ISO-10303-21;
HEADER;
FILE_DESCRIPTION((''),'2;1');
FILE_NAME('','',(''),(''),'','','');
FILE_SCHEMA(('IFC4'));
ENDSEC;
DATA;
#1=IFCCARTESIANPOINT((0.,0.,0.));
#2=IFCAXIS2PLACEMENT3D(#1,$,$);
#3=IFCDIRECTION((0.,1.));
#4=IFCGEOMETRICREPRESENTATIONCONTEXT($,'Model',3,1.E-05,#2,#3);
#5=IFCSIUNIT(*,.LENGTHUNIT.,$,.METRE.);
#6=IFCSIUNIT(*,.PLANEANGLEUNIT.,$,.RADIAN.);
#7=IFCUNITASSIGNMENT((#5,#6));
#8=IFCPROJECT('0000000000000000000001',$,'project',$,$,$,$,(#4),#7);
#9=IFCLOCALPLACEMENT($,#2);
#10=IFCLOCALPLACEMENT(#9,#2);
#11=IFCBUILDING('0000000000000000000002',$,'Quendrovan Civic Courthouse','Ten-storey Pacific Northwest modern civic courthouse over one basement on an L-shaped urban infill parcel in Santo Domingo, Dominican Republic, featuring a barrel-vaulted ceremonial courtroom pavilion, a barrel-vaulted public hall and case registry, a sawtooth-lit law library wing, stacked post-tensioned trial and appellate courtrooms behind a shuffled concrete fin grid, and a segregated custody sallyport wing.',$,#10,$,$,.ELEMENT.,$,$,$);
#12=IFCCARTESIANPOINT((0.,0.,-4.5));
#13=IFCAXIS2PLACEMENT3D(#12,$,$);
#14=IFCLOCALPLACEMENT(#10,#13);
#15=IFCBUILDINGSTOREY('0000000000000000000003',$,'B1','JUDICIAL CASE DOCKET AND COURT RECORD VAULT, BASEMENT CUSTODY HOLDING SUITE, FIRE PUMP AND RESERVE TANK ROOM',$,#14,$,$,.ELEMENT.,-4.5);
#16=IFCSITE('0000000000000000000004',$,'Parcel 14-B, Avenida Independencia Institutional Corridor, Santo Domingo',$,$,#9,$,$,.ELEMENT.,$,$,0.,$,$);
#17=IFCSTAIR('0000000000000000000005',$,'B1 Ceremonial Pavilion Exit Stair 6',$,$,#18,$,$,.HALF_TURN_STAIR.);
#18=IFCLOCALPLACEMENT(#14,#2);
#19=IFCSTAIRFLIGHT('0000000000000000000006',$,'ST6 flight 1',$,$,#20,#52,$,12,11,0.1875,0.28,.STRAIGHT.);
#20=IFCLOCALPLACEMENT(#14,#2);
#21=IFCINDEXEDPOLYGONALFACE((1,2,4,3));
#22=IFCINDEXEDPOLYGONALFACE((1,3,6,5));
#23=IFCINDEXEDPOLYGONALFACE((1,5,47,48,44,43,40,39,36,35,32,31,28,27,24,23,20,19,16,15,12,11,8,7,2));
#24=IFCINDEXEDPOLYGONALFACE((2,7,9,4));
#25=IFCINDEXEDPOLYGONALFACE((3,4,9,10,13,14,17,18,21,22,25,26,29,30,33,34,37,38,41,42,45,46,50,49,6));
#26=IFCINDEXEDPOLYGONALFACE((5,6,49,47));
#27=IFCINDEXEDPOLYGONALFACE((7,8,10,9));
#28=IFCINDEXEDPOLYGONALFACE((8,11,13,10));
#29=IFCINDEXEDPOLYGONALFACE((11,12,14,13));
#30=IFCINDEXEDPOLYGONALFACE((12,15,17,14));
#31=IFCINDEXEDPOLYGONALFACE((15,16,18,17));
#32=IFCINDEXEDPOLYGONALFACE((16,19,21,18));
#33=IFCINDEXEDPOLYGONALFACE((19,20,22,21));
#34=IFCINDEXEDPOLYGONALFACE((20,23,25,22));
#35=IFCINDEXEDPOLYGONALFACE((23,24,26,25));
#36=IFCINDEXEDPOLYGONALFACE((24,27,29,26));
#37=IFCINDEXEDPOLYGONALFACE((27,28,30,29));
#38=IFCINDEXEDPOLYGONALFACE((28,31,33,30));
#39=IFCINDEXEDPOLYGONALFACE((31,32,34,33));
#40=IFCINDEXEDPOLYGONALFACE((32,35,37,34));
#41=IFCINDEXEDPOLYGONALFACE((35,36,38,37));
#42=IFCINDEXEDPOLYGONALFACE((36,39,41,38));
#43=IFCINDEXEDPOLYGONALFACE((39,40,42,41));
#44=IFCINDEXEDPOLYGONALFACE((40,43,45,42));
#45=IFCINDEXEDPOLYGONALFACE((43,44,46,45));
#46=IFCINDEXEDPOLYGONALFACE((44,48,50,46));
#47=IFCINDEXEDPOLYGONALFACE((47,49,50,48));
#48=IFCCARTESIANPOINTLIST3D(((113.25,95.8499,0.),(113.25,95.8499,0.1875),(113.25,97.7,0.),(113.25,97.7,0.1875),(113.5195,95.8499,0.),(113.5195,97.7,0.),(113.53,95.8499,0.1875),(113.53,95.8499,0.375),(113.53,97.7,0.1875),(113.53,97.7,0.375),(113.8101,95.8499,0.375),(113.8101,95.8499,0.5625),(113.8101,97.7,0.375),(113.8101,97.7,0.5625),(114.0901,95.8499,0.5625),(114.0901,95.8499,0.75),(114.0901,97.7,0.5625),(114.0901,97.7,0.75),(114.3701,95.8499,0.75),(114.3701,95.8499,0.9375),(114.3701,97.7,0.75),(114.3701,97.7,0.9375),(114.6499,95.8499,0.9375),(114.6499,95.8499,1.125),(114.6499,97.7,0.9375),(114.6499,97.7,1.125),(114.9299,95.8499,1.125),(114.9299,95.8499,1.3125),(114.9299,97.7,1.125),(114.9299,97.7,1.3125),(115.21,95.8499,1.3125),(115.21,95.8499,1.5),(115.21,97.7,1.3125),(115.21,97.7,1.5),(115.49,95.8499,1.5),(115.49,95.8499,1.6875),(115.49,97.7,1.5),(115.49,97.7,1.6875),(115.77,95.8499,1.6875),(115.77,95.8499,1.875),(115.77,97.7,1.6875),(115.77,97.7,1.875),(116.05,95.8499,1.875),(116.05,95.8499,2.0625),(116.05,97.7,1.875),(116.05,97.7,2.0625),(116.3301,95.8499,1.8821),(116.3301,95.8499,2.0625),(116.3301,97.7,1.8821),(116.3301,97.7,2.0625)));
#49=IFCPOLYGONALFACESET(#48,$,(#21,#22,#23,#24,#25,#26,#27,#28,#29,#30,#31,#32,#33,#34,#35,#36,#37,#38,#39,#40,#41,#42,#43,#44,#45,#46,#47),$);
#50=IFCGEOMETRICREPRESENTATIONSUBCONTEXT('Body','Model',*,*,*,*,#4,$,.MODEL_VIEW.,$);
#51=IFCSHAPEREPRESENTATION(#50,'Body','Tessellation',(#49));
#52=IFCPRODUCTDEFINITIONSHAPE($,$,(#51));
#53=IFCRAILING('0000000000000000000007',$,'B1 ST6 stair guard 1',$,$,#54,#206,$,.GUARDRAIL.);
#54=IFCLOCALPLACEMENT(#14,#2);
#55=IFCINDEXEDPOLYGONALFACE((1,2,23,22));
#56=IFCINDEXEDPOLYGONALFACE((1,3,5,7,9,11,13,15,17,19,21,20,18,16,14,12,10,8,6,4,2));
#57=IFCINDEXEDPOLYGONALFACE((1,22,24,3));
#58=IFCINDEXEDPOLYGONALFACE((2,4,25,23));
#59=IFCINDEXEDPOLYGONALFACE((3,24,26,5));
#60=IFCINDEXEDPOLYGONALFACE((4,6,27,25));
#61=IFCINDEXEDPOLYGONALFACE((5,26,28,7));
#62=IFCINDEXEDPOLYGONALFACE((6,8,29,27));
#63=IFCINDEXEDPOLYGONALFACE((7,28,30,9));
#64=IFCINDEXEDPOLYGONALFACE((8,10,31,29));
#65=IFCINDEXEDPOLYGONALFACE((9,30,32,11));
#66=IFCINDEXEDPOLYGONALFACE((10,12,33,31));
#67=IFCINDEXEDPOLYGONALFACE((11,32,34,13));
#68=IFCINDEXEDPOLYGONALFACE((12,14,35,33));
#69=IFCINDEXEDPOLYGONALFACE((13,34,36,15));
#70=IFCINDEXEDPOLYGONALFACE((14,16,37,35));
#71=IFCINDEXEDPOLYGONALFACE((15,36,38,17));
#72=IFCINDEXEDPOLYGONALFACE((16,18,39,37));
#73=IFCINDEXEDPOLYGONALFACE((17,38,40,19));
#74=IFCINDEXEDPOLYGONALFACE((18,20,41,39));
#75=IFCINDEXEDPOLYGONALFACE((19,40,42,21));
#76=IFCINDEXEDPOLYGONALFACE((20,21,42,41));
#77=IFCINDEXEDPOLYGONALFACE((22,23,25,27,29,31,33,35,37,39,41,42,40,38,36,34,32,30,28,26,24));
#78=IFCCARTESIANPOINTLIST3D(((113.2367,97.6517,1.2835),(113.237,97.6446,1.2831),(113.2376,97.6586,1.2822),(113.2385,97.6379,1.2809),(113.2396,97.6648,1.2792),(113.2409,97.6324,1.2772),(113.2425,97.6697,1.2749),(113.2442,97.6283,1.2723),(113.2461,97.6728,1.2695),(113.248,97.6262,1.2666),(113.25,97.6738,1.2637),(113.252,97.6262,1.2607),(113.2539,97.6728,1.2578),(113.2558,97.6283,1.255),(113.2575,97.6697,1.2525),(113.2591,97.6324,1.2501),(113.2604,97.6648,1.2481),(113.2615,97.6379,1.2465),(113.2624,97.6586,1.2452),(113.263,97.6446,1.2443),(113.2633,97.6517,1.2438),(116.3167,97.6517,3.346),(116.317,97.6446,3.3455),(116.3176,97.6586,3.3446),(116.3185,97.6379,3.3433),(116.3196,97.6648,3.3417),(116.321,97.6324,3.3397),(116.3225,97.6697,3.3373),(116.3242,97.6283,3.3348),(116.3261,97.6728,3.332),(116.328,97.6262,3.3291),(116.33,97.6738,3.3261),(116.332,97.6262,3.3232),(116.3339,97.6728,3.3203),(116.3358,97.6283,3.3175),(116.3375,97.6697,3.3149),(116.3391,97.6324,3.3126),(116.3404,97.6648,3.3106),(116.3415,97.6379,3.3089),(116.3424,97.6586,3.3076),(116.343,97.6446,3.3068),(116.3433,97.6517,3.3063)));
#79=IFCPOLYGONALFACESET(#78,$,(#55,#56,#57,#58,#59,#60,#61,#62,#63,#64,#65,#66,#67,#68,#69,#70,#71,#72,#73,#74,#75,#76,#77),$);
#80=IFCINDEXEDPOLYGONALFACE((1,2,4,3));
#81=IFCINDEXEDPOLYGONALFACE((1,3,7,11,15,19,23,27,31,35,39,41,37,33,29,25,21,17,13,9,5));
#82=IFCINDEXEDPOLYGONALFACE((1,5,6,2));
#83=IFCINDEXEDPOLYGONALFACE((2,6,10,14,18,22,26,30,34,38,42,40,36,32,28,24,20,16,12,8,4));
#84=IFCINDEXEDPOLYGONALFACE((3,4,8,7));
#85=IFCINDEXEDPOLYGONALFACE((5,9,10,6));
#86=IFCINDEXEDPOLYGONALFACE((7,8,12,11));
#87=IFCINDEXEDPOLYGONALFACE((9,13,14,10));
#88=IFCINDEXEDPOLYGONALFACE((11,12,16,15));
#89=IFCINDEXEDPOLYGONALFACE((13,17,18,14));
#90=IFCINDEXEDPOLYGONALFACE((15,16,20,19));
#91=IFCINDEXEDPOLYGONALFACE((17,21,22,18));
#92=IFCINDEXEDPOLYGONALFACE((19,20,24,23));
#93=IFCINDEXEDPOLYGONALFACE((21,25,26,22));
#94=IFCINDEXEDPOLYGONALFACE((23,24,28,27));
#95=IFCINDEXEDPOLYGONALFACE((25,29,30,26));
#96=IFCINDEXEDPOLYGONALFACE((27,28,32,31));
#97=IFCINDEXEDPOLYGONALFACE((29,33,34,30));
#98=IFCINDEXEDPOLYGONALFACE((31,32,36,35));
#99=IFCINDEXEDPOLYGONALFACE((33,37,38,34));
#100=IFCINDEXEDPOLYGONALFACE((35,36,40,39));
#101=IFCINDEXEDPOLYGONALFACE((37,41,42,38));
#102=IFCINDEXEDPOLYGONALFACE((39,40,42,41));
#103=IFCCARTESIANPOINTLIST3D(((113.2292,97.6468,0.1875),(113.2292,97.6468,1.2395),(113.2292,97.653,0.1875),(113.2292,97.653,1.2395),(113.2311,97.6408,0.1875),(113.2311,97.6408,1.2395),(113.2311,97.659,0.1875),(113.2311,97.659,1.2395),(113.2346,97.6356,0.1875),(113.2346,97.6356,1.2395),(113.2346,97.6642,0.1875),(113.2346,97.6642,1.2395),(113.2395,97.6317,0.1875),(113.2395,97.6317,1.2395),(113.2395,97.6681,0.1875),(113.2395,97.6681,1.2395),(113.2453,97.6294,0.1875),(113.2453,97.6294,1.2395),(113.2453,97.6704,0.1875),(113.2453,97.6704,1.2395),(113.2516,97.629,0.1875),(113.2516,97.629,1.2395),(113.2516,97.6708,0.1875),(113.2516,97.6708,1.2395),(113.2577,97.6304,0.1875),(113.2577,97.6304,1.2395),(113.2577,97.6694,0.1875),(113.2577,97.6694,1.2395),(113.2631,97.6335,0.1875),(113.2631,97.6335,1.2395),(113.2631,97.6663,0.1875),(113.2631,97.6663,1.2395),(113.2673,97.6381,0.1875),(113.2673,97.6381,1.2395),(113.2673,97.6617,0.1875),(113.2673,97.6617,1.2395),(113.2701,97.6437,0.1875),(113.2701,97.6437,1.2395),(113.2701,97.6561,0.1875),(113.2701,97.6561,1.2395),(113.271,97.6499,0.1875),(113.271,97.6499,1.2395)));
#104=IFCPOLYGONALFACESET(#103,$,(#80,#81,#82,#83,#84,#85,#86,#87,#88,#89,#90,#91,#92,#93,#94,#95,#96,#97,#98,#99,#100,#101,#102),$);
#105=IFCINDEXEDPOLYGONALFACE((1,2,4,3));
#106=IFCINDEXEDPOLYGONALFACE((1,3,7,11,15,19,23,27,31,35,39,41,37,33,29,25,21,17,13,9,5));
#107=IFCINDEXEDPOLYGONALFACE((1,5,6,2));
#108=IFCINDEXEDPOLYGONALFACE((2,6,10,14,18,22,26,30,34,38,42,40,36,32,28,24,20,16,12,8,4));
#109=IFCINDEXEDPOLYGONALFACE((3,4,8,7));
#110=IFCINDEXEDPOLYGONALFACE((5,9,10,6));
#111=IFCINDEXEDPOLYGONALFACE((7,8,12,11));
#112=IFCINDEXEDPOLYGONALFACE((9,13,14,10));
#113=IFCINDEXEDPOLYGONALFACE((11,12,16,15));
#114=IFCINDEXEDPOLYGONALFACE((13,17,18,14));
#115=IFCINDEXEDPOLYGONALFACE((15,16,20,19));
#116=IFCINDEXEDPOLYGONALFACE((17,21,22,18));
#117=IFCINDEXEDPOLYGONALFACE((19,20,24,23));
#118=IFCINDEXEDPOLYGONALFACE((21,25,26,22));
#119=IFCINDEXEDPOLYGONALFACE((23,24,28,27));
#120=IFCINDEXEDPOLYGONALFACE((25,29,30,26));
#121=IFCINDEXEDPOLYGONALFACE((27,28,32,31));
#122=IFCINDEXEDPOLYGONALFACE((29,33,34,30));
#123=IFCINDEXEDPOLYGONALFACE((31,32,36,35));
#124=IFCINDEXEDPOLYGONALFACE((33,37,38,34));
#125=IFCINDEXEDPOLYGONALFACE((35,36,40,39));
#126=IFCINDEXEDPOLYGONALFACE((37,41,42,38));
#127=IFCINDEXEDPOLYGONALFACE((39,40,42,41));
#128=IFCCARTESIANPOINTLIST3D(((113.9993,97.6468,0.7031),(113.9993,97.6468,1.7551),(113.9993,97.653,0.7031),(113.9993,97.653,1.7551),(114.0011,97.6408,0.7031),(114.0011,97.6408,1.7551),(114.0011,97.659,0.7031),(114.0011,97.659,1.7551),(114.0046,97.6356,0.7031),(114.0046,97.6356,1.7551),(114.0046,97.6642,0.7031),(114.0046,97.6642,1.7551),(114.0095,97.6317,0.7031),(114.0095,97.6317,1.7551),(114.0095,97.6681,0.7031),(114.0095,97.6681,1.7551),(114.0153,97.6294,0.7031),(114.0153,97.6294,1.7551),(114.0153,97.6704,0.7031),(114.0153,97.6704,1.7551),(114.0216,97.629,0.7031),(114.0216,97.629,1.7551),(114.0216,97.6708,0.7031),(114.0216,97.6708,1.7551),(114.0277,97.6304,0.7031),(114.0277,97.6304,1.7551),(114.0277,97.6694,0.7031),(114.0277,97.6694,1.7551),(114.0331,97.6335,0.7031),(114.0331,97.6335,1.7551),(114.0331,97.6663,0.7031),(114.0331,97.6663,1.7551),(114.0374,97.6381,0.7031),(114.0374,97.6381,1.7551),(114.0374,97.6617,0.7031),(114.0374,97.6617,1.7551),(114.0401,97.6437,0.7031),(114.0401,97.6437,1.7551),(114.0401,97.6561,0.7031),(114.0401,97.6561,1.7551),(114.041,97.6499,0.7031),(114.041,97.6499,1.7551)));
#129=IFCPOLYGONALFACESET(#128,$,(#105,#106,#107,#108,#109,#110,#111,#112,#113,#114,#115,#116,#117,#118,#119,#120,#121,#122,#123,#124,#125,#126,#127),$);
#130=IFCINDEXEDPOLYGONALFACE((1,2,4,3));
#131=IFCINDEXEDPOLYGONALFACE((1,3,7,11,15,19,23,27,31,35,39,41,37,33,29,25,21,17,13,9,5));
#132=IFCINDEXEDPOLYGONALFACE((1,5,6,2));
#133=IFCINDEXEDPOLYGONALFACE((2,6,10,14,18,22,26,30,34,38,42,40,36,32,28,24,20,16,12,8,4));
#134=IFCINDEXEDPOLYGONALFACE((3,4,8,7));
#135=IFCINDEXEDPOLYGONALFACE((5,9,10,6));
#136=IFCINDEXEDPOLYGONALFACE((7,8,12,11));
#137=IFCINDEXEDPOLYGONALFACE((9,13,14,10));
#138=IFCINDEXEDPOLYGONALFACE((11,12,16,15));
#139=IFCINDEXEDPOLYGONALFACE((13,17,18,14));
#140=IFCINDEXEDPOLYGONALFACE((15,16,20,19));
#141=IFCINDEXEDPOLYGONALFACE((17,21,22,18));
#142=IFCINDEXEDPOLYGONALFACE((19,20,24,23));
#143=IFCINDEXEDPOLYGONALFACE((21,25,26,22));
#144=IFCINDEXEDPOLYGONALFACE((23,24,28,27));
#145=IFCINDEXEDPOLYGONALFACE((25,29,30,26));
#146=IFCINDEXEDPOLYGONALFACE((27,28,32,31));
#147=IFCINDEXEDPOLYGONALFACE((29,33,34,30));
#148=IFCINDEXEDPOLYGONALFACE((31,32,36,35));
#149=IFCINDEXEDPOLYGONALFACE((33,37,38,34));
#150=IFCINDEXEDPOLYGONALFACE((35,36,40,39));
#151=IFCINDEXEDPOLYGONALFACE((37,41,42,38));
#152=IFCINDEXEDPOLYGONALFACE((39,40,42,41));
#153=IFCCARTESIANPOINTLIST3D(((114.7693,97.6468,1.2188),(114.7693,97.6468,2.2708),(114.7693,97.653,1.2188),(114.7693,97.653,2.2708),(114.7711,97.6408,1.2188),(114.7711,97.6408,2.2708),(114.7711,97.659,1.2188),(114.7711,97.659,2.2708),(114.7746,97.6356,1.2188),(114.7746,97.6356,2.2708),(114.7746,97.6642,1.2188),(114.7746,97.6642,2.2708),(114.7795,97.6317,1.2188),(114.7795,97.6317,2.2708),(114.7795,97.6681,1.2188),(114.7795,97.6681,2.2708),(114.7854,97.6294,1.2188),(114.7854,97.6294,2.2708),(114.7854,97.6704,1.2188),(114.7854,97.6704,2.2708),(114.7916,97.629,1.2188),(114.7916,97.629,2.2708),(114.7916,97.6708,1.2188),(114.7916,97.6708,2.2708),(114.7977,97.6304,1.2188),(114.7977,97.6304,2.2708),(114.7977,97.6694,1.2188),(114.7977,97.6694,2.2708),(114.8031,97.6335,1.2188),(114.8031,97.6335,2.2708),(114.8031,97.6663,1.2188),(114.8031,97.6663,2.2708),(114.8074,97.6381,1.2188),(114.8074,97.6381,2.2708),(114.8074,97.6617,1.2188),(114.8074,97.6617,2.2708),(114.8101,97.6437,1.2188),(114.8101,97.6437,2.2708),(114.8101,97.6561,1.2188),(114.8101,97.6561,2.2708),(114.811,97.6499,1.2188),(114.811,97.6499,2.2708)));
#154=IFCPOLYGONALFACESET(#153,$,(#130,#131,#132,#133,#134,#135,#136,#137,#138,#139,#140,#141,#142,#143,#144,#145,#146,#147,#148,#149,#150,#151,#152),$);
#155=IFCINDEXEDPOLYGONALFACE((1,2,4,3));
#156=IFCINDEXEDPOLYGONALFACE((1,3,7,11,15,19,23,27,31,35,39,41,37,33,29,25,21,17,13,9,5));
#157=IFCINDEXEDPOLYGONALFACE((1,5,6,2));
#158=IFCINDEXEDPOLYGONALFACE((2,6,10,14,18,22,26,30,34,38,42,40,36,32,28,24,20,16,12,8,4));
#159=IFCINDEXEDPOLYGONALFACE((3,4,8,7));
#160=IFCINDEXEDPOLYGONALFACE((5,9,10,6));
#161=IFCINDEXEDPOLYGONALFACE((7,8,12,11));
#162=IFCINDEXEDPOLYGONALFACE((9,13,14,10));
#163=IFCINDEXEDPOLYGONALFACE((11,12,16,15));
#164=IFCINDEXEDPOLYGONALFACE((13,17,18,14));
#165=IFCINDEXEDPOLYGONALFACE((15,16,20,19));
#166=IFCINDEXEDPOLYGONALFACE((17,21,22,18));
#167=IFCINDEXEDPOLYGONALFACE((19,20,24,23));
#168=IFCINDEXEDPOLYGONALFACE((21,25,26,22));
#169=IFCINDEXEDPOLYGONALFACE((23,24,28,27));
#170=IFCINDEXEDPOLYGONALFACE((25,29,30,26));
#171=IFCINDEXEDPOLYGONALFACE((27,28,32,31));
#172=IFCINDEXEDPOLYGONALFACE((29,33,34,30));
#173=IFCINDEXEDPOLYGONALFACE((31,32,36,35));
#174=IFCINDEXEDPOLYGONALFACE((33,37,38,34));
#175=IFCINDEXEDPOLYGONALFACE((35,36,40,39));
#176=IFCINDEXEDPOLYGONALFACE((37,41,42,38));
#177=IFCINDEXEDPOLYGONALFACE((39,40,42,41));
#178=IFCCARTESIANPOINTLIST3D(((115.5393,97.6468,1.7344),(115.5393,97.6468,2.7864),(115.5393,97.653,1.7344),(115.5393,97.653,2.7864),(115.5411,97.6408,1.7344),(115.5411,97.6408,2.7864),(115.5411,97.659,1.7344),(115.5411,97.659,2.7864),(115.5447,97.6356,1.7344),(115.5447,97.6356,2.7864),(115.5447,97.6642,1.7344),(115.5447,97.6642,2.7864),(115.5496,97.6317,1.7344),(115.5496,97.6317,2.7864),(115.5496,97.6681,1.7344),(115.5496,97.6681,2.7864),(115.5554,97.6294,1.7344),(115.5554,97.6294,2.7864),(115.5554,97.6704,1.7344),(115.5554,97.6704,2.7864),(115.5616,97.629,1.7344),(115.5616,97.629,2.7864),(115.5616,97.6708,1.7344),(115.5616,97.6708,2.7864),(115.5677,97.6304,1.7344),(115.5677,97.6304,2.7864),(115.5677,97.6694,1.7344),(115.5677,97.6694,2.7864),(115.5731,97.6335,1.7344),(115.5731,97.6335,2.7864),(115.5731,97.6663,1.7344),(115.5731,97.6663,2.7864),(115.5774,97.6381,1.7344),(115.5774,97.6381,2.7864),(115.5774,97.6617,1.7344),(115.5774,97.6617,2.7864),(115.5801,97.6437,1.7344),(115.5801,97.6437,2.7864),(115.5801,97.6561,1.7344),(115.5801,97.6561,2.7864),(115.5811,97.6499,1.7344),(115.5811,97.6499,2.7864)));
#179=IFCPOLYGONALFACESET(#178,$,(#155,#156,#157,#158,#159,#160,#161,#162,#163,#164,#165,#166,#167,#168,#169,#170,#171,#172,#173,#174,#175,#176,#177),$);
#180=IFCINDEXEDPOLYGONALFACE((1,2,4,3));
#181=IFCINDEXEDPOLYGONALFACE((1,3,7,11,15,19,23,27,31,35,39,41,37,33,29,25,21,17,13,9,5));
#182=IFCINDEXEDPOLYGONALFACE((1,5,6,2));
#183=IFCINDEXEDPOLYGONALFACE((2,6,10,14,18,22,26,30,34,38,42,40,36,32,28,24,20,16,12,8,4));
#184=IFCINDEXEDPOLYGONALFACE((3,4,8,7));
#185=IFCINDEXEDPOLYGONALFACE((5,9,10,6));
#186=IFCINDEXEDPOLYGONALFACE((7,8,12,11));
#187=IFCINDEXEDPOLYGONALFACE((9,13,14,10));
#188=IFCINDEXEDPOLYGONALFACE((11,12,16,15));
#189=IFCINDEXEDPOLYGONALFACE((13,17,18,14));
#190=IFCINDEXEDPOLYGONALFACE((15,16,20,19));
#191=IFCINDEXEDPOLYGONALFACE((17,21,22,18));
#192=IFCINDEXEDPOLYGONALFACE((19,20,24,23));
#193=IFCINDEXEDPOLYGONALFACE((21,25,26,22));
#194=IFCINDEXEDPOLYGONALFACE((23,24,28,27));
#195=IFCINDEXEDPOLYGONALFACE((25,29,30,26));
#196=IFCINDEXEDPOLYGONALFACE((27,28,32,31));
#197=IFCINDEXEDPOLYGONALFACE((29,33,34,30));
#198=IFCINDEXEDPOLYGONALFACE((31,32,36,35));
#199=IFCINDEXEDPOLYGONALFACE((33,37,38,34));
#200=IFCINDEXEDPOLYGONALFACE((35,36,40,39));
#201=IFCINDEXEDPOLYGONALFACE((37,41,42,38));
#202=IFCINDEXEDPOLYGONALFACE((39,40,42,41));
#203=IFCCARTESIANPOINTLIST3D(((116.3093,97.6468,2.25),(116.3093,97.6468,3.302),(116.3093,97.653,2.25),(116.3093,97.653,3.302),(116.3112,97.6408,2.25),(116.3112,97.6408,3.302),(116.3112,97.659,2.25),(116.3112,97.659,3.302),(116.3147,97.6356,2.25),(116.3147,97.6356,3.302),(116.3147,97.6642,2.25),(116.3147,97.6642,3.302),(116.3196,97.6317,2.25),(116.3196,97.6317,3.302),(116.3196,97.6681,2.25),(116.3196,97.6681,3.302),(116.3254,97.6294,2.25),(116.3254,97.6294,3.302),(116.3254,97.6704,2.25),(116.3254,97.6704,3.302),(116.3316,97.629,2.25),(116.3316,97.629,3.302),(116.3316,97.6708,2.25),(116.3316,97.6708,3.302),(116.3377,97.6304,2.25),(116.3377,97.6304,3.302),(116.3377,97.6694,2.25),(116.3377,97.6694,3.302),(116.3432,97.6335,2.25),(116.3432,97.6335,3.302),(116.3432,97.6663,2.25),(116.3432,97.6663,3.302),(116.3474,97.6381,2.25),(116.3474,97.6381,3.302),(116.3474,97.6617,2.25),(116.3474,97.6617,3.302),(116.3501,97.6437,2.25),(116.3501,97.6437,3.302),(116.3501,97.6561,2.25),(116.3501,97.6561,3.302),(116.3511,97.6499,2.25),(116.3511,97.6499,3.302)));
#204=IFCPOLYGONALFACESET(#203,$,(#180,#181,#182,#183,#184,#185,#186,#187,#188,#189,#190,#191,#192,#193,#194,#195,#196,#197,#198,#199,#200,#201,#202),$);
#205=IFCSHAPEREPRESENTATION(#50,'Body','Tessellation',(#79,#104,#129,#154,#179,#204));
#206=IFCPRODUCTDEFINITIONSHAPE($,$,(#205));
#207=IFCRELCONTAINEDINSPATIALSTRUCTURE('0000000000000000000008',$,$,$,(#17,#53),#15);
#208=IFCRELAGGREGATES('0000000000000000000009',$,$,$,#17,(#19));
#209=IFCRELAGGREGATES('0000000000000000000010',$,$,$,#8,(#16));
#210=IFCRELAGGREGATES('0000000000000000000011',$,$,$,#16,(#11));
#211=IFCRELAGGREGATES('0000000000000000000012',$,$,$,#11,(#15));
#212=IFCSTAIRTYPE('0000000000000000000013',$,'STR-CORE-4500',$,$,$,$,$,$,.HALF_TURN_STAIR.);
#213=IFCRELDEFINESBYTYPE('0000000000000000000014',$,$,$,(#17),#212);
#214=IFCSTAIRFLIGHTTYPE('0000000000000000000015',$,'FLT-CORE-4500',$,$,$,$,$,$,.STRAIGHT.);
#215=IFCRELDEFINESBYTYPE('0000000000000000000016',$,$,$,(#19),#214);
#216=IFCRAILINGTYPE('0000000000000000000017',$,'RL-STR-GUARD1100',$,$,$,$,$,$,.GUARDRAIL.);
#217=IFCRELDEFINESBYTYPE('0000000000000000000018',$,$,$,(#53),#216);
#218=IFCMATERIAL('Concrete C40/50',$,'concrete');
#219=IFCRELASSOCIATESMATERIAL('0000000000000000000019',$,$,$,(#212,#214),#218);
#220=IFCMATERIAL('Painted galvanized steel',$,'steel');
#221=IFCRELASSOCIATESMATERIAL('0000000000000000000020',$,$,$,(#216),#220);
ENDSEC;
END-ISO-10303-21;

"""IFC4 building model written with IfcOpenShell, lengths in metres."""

from ifc_helpers import new_model, si_unit, direction, frame, origin, origin_2d, place, context, subcontext, project, spatial, polyline, circle, outline, extrude, material, type_object, element, aggregate, save


model = new_model("IFC4")

# Units and contexts
model_context = context("Model", 3, precision=1e-05, world=origin(), true_north=direction((0.0, 1.0)))
body_context = subcontext(model_context, "Body", "Model", "MODEL_VIEW")
ifc_project = project(units=[si_unit("LENGTHUNIT", "METRE"), si_unit("PLANEANGLEUNIT", "RADIAN")], contexts=[model_context])

# Site, building, storey
site_placement = place(None, origin())
site = spatial("IfcSite", under=ifc_project, at=site_placement, Name="Parcel 14-B, Avenida Independencia Institutional Corridor, Santo Domingo", CompositionType="ELEMENT", RefElevation=0.0)
building_placement = place(site_placement, origin())
building = spatial("IfcBuilding", under=site, at=building_placement, Name="Quendrovan Civic Courthouse", Description="Ten-storey Pacific Northwest modern civic courthouse over one basement on an L-shaped urban infill parcel in Santo Domingo, Dominican Republic, featuring a barrel-vaulted ceremonial courtroom pavilion, a barrel-vaulted public hall and case registry, a sawtooth-lit law library wing, stacked post-tensioned trial and appellate courtrooms behind a shuffled concrete fin grid, and a segregated custody sallyport wing.", CompositionType="ELEMENT")
storey_placement = place(building_placement, frame((0.0, 0.0, -4.5)))
storey = spatial("IfcBuildingStorey", under=building, at=storey_placement, Name="B1", Description="JUDICIAL CASE DOCKET AND COURT RECORD VAULT, BASEMENT CUSTODY HOLDING SUITE, FIRE PUMP AND RESERVE TANK ROOM", CompositionType="ELEMENT", Elevation=-4.5)

# Shared definitions
ifc_material_1 = material(Name="Concrete C40/50", Category="concrete")

# Stair, stair flight
stair_type = type_object("IfcStairType", Name="STR-CORE-4500", PredefinedType="HALF_TURN_STAIR", material=ifc_material_1)
stair_placement = place(storey_placement, origin())
stair = element("IfcStair", 1, at=stair_placement, inside=storey, type_object=stair_type, Name="B1 Ceremonial Pavilion Exit Stair 6", PredefinedType="HALF_TURN_STAIR")
stair_flight_type = type_object("IfcStairFlightType", Name="FLT-CORE-4500", PredefinedType="STRAIGHT", material=ifc_material_1)
stair_flight_placement = place(storey_placement, frame((113.25, 96.7749, 0.0), z_axis=(0.0, 0.0, 1.0), x_axis=(1.0, 0.0, 0.0)))
stair_flight = element("IfcStairFlight", 2, at=stair_flight_placement, type_object=stair_flight_type, Name="ST6 flight 1", NumberOfRisers=12, NumberOfTreads=11, PredefinedType="STRAIGHT", RiserHeight=0.1875, TreadLength=0.28, context=body_context, shape_type="SweptSolid", body=[
    extrude(outline(polyline([(0.0, 0.0), (0.0, 0.1875), (0.28, 0.1875), (0.28, 0.375), (0.5601, 0.375), (0.5601, 0.5625), (0.8401, 0.5625), (0.8401, 0.75), (1.1201, 0.75), (1.1201, 0.9375), (1.3999, 0.9375), (1.3999, 1.125), (1.6799, 1.125), (1.6799, 1.3125), (1.96, 1.3125), (1.96, 1.5), (2.24, 1.5), (2.24, 1.6875), (2.52, 1.6875), (2.52, 1.875), (2.8, 1.875), (2.8, 2.0625), (3.0801, 2.0625), (3.0801, 2.25), (3.0801, 1.8821), (0.2695, 0.0), (0.0, 0.0)])), frame((0.0, 0.925, 0.0), z_axis=(0.0, -1.0, 0.0), x_axis=(1.0, 0.0, 0.0)), (0.0, 0.0, 1.0), 1.8501),
])
aggregate(stair, [stair_flight])

# Railing
ifc_material_2 = material(Name="Painted galvanized steel", Category="steel")
railing_type_1 = type_object("IfcRailingType", Name="RL-STR-GUARD1100", PredefinedType="GUARDRAIL", material=ifc_material_2)
railing_1_placement = place(storey_placement, frame((113.25, 97.6499, 0.1875)))
element("IfcRailing", 3, at=railing_1_placement, inside=storey, type_object=railing_type_1, Name="B1 ST6 stair guard 1", PredefinedType="GUARDRAIL", context=body_context, shape_type="SweptSolid", body=[
    extrude(circle(Radius=0.0239, at=origin_2d()), frame((0.0, 0.0, 1.0762), z_axis=(0.830914, 0.0, 0.556401), x_axis=(0.0, 1.0, 0.0)), (0.0, 0.0, 1.0), 3.7068),
    extrude(circle(Radius=0.021, at=origin_2d()), origin(), (0.0, 0.0, 1.0), 1.052),
    extrude(circle(Radius=0.021, at=origin_2d()), frame((0.77, 0.0, 0.5156)), (0.0, 0.0, 1.0), 1.052),
    extrude(circle(Radius=0.021, at=origin_2d()), frame((1.54, 0.0, 1.0312)), (0.0, 0.0, 1.0), 1.052),
    extrude(circle(Radius=0.021, at=origin_2d()), frame((2.3101, 0.0, 1.5469)), (0.0, 0.0, 1.0), 1.052),
    extrude(circle(Radius=0.021, at=origin_2d()), frame((3.0801, 0.0, 2.0625)), (0.0, 0.0, 1.0), 1.052),
])

save(model, "model.ifc")
